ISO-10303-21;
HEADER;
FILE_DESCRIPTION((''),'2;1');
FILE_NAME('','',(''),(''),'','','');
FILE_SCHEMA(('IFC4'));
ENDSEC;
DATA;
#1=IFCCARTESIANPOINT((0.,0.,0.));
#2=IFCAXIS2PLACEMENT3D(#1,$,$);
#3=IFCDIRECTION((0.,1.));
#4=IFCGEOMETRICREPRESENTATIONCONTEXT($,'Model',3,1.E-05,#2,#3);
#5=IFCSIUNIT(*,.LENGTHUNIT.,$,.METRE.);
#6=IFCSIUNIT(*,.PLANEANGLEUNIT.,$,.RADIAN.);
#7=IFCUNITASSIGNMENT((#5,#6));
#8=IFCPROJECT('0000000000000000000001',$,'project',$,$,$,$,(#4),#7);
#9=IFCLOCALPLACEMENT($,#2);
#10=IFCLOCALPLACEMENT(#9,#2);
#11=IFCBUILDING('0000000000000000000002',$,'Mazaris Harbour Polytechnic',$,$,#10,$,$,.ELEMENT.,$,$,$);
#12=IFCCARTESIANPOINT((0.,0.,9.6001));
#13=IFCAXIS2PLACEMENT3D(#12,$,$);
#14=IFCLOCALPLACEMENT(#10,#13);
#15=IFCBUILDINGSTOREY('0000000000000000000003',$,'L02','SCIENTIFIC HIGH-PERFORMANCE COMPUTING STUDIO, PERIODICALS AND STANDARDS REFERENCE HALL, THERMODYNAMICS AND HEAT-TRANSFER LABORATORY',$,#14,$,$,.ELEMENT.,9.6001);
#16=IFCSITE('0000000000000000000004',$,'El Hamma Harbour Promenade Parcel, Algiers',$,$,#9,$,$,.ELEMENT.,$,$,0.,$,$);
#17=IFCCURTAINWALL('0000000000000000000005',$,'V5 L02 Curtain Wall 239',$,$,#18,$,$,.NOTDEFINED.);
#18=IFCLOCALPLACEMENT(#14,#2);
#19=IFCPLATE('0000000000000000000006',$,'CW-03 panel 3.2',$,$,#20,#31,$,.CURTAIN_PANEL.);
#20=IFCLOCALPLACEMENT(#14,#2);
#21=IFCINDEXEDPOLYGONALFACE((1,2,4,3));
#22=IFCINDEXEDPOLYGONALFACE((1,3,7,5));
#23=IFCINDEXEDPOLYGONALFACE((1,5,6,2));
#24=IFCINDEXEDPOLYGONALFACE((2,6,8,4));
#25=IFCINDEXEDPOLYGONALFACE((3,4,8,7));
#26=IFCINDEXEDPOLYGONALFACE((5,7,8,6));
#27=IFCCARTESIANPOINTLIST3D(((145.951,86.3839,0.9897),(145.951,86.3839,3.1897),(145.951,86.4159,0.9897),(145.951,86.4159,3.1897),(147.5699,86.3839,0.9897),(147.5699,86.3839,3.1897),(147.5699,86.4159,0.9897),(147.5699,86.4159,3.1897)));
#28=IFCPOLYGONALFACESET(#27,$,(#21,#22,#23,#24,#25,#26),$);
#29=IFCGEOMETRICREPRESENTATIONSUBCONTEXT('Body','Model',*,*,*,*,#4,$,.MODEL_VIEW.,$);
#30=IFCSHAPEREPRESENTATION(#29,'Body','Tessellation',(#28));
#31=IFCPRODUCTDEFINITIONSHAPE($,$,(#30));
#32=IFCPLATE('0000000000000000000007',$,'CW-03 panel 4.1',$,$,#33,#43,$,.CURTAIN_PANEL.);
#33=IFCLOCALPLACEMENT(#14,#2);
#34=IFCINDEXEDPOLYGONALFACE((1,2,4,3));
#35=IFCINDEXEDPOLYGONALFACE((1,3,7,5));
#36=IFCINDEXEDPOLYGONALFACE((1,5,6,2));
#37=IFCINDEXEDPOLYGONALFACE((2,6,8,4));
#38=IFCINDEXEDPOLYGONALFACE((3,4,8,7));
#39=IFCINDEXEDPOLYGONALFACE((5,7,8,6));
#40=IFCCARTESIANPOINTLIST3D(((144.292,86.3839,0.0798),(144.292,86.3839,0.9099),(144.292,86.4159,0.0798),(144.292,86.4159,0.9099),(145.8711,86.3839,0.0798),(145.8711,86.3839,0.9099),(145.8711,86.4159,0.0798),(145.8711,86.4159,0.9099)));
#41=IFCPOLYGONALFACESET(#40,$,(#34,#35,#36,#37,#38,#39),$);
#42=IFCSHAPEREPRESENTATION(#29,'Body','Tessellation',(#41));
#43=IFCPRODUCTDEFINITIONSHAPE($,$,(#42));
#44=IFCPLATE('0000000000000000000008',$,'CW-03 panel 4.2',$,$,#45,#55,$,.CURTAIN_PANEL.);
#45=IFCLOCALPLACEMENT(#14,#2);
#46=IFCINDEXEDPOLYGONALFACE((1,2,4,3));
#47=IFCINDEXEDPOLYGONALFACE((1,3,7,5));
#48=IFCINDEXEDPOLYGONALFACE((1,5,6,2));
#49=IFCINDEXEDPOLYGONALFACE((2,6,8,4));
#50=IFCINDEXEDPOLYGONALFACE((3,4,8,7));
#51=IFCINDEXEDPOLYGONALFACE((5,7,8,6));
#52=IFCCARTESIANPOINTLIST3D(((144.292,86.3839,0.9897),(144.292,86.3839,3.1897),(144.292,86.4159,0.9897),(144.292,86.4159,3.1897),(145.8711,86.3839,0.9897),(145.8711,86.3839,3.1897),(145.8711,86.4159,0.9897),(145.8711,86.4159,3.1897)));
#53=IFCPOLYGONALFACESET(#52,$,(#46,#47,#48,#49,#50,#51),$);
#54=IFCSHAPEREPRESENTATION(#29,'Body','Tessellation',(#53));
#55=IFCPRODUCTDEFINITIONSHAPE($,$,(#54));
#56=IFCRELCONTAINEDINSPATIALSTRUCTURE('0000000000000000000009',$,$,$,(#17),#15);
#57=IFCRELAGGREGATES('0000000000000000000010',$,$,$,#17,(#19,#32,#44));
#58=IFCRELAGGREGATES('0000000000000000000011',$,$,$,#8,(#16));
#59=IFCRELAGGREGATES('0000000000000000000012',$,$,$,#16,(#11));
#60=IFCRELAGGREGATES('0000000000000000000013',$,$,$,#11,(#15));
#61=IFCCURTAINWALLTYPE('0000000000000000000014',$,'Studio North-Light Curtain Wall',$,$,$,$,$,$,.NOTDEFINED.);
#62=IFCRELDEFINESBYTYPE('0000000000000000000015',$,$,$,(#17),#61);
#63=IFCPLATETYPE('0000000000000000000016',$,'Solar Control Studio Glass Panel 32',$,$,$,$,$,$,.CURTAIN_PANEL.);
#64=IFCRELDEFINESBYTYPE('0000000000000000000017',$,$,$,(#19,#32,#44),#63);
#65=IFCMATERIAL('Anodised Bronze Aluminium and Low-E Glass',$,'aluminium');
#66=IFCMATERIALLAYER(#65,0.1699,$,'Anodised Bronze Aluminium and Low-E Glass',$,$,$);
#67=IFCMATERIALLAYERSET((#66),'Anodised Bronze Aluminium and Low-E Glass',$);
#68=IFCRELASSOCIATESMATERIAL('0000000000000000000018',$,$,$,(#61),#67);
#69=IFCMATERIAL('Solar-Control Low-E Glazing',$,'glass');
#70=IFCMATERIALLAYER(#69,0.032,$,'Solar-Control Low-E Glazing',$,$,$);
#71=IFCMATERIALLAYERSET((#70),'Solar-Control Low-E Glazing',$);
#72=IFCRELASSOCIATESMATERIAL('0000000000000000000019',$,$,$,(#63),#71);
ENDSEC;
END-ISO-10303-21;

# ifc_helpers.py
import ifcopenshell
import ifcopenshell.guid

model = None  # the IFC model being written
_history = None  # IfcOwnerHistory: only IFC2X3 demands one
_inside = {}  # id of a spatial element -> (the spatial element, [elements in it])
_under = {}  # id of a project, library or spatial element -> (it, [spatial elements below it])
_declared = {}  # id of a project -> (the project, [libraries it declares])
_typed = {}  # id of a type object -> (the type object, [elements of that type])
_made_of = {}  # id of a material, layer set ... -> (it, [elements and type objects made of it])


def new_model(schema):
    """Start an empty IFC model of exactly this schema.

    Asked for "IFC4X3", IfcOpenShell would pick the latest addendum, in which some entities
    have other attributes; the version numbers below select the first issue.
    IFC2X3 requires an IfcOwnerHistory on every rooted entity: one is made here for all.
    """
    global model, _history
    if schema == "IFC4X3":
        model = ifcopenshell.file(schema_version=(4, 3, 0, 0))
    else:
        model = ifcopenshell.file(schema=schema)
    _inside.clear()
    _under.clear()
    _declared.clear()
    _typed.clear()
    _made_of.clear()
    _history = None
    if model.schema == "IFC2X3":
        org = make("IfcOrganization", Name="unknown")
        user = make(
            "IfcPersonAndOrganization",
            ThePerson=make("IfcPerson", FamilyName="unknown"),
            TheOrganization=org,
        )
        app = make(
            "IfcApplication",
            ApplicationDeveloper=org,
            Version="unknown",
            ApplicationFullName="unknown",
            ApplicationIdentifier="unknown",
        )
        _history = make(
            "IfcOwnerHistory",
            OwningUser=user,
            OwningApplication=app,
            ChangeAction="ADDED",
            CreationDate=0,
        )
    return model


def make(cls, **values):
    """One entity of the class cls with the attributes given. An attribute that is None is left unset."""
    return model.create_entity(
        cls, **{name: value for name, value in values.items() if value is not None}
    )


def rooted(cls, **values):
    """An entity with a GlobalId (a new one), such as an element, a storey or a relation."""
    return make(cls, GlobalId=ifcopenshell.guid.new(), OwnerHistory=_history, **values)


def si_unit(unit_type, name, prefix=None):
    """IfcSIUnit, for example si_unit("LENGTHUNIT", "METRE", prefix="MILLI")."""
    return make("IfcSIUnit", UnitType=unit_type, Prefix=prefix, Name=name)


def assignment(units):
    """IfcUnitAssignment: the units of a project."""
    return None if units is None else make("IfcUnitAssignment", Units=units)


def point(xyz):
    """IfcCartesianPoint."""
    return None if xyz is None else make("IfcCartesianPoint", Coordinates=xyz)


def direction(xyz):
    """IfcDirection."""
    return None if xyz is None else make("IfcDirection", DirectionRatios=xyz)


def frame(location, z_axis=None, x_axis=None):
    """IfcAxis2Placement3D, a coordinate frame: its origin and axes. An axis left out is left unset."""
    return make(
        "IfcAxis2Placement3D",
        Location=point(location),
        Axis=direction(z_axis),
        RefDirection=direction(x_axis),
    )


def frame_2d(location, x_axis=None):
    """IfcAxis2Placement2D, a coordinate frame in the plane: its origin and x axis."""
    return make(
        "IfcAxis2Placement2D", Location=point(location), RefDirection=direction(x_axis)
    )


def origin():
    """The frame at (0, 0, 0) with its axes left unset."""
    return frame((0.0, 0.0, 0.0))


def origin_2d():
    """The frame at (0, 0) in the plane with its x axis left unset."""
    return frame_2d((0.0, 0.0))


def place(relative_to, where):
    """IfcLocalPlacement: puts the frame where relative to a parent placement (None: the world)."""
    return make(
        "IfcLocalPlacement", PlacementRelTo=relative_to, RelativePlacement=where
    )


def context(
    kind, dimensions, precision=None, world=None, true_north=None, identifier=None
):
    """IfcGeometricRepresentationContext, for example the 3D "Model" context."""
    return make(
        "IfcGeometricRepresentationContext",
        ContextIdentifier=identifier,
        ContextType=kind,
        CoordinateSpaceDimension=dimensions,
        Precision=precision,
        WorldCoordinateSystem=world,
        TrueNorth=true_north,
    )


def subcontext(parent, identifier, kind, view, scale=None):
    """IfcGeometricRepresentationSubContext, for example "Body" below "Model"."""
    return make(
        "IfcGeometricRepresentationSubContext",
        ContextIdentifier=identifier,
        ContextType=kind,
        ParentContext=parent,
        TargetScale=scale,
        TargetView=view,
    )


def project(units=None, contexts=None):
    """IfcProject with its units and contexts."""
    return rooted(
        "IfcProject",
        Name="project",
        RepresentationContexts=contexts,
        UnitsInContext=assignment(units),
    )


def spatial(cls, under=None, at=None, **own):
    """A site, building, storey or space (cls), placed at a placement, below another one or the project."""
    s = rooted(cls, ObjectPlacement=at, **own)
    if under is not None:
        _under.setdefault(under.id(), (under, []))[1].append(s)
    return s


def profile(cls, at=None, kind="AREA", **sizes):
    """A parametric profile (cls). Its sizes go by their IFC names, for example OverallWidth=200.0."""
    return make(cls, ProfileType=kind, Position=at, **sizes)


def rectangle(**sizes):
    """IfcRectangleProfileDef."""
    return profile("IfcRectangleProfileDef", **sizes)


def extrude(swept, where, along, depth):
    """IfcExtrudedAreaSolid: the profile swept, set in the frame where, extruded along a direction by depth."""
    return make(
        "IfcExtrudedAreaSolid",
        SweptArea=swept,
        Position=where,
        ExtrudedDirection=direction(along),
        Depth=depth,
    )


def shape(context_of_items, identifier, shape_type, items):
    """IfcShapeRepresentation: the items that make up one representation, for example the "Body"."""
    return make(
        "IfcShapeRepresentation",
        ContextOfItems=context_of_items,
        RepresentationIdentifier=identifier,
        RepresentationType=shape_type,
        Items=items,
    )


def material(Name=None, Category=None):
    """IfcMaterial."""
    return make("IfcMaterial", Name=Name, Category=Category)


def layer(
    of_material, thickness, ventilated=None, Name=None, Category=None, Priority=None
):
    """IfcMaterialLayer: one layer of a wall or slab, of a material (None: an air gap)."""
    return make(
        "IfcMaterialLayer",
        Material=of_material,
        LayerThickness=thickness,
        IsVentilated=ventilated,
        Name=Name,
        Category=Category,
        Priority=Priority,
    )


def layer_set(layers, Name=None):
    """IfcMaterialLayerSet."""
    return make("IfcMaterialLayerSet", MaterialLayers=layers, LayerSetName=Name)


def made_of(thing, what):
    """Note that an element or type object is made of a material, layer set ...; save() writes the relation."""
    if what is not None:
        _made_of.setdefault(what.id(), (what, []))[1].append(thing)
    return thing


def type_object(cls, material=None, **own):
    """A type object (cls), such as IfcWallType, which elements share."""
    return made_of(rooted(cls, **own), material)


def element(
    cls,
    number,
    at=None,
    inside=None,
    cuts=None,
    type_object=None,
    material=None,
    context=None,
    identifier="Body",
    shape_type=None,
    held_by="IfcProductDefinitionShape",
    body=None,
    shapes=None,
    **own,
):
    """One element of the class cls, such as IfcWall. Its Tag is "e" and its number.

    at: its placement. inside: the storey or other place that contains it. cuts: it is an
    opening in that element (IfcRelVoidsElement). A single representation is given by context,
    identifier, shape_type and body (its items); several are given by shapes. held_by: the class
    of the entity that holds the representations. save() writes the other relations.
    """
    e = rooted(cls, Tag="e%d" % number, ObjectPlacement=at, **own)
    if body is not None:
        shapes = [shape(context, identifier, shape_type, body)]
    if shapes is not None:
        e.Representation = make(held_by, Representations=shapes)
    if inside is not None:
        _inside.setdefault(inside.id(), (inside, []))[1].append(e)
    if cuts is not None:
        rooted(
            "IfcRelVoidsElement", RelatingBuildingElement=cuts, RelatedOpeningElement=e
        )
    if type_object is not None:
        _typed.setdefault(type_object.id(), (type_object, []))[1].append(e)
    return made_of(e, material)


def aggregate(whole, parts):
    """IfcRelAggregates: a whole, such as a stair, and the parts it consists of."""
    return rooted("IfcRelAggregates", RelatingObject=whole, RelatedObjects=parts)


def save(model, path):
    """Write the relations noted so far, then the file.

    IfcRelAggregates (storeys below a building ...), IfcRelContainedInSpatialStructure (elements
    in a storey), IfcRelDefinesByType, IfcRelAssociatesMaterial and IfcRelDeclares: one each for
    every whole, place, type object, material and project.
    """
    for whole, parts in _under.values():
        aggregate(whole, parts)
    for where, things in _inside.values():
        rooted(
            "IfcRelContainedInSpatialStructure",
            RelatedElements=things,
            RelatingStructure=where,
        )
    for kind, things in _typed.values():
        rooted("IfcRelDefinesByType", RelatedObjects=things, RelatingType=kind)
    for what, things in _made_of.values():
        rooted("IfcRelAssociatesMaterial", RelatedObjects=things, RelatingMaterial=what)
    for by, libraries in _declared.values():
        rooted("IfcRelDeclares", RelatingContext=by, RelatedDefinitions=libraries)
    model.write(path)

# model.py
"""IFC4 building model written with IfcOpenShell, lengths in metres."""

from ifc_helpers import new_model, si_unit, direction, frame, origin, origin_2d, place, context, subcontext, project, spatial, rectangle, extrude, material, layer, layer_set, type_object, element, aggregate, save


model = new_model("IFC4")

# Units and contexts
model_context = context("Model", 3, precision=1e-05, world=origin(), true_north=direction((0.0, 1.0)))
body_context = subcontext(model_context, "Body", "Model", "MODEL_VIEW")
ifc_project = project(units=[si_unit("LENGTHUNIT", "METRE"), si_unit("PLANEANGLEUNIT", "RADIAN")], contexts=[model_context])

# Site, building, storey
site_placement = place(None, origin())
site = spatial("IfcSite", under=ifc_project, at=site_placement, Name="El Hamma Harbour Promenade Parcel, Algiers", CompositionType="ELEMENT", RefElevation=0.0)
building_placement = place(site_placement, origin())
building = spatial("IfcBuilding", under=site, at=building_placement, Name="Mazaris Harbour Polytechnic", CompositionType="ELEMENT")
storey_placement = place(building_placement, frame((0.0, 0.0, 9.6001)))
storey = spatial("IfcBuildingStorey", under=building, at=storey_placement, Name="L02", Description="SCIENTIFIC HIGH-PERFORMANCE COMPUTING STUDIO, PERIODICALS AND STANDARDS REFERENCE HALL, THERMODYNAMICS AND HEAT-TRANSFER LABORATORY", CompositionType="ELEMENT", Elevation=9.6001)

# Curtain wall
ifc_material_1 = material(Name="Anodised Bronze Aluminium and Low-E Glass", Category="aluminium")
ifc_layer_1 = layer(ifc_material_1, 0.1699, Name="Anodised Bronze Aluminium and Low-E Glass")
ifc_layer_set_1 = layer_set([ifc_layer_1], Name="Anodised Bronze Aluminium and Low-E Glass")
curtain_wall_type = type_object("IfcCurtainWallType", Name="Studio North-Light Curtain Wall", PredefinedType="NOTDEFINED", material=ifc_layer_set_1)
curtain_wall_1_placement = place(storey_placement, origin())
curtain_wall_1 = element("IfcCurtainWall", 1, at=curtain_wall_1_placement, inside=storey, type_object=curtain_wall_type, Name="V5 L02 Curtain Wall 239", PredefinedType="NOTDEFINED")

# Plates
ifc_material_2 = material(Name="Solar-Control Low-E Glazing", Category="glass")
ifc_layer_2 = layer(ifc_material_2, 0.032, Name="Solar-Control Low-E Glazing")
ifc_layer_set_2 = layer_set([ifc_layer_2], Name="Solar-Control Low-E Glazing")
plate_type = type_object("IfcPlateType", Name="Solar Control Studio Glass Panel 32", PredefinedType="CURTAIN_PANEL", material=ifc_layer_set_2)
plate_1_placement = place(storey_placement, frame((146.7605, 86.3999, 0.9897), z_axis=(0.0, 0.0, 1.0), x_axis=(-1.0, 0.0, 0.0)))
plate_1 = element("IfcPlate", 2, at=plate_1_placement, type_object=plate_type, Name="CW-03 panel 3.2", PredefinedType="CURTAIN_PANEL", context=body_context, shape_type="SweptSolid", body=[
    extrude(rectangle(XDim=1.6189, YDim=0.032, at=origin_2d()), origin(), (0.0, 0.0, 1.0), 2.2),
])
plate_2_placement = place(storey_placement, frame((145.0815, 86.3999, 0.0798), z_axis=(0.0, 0.0, 1.0), x_axis=(-1.0, 0.0, 0.0)))
plate_2 = element("IfcPlate", 3, at=plate_2_placement, type_object=plate_type, Name="CW-03 panel 4.1", PredefinedType="CURTAIN_PANEL", context=body_context, shape_type="SweptSolid", body=[
    extrude(rectangle(XDim=1.5791, YDim=0.032, at=origin_2d()), origin(), (0.0, 0.0, 1.0), 0.8301),
])
plate_3_placement = place(storey_placement, frame((145.0815, 86.3999, 0.9897), z_axis=(0.0, 0.0, 1.0), x_axis=(-1.0, 0.0, 0.0)))
plate_3 = element("IfcPlate", 4, at=plate_3_placement, type_object=plate_type, Name="CW-03 panel 4.2", PredefinedType="CURTAIN_PANEL", context=body_context, shape_type="SweptSolid", body=[
    extrude(rectangle(XDim=1.5791, YDim=0.032, at=origin_2d()), origin(), (0.0, 0.0, 1.0), 2.2),
])
aggregate(curtain_wall_1, [plate_1, plate_2, plate_3])

save(model, "model.ifc")
